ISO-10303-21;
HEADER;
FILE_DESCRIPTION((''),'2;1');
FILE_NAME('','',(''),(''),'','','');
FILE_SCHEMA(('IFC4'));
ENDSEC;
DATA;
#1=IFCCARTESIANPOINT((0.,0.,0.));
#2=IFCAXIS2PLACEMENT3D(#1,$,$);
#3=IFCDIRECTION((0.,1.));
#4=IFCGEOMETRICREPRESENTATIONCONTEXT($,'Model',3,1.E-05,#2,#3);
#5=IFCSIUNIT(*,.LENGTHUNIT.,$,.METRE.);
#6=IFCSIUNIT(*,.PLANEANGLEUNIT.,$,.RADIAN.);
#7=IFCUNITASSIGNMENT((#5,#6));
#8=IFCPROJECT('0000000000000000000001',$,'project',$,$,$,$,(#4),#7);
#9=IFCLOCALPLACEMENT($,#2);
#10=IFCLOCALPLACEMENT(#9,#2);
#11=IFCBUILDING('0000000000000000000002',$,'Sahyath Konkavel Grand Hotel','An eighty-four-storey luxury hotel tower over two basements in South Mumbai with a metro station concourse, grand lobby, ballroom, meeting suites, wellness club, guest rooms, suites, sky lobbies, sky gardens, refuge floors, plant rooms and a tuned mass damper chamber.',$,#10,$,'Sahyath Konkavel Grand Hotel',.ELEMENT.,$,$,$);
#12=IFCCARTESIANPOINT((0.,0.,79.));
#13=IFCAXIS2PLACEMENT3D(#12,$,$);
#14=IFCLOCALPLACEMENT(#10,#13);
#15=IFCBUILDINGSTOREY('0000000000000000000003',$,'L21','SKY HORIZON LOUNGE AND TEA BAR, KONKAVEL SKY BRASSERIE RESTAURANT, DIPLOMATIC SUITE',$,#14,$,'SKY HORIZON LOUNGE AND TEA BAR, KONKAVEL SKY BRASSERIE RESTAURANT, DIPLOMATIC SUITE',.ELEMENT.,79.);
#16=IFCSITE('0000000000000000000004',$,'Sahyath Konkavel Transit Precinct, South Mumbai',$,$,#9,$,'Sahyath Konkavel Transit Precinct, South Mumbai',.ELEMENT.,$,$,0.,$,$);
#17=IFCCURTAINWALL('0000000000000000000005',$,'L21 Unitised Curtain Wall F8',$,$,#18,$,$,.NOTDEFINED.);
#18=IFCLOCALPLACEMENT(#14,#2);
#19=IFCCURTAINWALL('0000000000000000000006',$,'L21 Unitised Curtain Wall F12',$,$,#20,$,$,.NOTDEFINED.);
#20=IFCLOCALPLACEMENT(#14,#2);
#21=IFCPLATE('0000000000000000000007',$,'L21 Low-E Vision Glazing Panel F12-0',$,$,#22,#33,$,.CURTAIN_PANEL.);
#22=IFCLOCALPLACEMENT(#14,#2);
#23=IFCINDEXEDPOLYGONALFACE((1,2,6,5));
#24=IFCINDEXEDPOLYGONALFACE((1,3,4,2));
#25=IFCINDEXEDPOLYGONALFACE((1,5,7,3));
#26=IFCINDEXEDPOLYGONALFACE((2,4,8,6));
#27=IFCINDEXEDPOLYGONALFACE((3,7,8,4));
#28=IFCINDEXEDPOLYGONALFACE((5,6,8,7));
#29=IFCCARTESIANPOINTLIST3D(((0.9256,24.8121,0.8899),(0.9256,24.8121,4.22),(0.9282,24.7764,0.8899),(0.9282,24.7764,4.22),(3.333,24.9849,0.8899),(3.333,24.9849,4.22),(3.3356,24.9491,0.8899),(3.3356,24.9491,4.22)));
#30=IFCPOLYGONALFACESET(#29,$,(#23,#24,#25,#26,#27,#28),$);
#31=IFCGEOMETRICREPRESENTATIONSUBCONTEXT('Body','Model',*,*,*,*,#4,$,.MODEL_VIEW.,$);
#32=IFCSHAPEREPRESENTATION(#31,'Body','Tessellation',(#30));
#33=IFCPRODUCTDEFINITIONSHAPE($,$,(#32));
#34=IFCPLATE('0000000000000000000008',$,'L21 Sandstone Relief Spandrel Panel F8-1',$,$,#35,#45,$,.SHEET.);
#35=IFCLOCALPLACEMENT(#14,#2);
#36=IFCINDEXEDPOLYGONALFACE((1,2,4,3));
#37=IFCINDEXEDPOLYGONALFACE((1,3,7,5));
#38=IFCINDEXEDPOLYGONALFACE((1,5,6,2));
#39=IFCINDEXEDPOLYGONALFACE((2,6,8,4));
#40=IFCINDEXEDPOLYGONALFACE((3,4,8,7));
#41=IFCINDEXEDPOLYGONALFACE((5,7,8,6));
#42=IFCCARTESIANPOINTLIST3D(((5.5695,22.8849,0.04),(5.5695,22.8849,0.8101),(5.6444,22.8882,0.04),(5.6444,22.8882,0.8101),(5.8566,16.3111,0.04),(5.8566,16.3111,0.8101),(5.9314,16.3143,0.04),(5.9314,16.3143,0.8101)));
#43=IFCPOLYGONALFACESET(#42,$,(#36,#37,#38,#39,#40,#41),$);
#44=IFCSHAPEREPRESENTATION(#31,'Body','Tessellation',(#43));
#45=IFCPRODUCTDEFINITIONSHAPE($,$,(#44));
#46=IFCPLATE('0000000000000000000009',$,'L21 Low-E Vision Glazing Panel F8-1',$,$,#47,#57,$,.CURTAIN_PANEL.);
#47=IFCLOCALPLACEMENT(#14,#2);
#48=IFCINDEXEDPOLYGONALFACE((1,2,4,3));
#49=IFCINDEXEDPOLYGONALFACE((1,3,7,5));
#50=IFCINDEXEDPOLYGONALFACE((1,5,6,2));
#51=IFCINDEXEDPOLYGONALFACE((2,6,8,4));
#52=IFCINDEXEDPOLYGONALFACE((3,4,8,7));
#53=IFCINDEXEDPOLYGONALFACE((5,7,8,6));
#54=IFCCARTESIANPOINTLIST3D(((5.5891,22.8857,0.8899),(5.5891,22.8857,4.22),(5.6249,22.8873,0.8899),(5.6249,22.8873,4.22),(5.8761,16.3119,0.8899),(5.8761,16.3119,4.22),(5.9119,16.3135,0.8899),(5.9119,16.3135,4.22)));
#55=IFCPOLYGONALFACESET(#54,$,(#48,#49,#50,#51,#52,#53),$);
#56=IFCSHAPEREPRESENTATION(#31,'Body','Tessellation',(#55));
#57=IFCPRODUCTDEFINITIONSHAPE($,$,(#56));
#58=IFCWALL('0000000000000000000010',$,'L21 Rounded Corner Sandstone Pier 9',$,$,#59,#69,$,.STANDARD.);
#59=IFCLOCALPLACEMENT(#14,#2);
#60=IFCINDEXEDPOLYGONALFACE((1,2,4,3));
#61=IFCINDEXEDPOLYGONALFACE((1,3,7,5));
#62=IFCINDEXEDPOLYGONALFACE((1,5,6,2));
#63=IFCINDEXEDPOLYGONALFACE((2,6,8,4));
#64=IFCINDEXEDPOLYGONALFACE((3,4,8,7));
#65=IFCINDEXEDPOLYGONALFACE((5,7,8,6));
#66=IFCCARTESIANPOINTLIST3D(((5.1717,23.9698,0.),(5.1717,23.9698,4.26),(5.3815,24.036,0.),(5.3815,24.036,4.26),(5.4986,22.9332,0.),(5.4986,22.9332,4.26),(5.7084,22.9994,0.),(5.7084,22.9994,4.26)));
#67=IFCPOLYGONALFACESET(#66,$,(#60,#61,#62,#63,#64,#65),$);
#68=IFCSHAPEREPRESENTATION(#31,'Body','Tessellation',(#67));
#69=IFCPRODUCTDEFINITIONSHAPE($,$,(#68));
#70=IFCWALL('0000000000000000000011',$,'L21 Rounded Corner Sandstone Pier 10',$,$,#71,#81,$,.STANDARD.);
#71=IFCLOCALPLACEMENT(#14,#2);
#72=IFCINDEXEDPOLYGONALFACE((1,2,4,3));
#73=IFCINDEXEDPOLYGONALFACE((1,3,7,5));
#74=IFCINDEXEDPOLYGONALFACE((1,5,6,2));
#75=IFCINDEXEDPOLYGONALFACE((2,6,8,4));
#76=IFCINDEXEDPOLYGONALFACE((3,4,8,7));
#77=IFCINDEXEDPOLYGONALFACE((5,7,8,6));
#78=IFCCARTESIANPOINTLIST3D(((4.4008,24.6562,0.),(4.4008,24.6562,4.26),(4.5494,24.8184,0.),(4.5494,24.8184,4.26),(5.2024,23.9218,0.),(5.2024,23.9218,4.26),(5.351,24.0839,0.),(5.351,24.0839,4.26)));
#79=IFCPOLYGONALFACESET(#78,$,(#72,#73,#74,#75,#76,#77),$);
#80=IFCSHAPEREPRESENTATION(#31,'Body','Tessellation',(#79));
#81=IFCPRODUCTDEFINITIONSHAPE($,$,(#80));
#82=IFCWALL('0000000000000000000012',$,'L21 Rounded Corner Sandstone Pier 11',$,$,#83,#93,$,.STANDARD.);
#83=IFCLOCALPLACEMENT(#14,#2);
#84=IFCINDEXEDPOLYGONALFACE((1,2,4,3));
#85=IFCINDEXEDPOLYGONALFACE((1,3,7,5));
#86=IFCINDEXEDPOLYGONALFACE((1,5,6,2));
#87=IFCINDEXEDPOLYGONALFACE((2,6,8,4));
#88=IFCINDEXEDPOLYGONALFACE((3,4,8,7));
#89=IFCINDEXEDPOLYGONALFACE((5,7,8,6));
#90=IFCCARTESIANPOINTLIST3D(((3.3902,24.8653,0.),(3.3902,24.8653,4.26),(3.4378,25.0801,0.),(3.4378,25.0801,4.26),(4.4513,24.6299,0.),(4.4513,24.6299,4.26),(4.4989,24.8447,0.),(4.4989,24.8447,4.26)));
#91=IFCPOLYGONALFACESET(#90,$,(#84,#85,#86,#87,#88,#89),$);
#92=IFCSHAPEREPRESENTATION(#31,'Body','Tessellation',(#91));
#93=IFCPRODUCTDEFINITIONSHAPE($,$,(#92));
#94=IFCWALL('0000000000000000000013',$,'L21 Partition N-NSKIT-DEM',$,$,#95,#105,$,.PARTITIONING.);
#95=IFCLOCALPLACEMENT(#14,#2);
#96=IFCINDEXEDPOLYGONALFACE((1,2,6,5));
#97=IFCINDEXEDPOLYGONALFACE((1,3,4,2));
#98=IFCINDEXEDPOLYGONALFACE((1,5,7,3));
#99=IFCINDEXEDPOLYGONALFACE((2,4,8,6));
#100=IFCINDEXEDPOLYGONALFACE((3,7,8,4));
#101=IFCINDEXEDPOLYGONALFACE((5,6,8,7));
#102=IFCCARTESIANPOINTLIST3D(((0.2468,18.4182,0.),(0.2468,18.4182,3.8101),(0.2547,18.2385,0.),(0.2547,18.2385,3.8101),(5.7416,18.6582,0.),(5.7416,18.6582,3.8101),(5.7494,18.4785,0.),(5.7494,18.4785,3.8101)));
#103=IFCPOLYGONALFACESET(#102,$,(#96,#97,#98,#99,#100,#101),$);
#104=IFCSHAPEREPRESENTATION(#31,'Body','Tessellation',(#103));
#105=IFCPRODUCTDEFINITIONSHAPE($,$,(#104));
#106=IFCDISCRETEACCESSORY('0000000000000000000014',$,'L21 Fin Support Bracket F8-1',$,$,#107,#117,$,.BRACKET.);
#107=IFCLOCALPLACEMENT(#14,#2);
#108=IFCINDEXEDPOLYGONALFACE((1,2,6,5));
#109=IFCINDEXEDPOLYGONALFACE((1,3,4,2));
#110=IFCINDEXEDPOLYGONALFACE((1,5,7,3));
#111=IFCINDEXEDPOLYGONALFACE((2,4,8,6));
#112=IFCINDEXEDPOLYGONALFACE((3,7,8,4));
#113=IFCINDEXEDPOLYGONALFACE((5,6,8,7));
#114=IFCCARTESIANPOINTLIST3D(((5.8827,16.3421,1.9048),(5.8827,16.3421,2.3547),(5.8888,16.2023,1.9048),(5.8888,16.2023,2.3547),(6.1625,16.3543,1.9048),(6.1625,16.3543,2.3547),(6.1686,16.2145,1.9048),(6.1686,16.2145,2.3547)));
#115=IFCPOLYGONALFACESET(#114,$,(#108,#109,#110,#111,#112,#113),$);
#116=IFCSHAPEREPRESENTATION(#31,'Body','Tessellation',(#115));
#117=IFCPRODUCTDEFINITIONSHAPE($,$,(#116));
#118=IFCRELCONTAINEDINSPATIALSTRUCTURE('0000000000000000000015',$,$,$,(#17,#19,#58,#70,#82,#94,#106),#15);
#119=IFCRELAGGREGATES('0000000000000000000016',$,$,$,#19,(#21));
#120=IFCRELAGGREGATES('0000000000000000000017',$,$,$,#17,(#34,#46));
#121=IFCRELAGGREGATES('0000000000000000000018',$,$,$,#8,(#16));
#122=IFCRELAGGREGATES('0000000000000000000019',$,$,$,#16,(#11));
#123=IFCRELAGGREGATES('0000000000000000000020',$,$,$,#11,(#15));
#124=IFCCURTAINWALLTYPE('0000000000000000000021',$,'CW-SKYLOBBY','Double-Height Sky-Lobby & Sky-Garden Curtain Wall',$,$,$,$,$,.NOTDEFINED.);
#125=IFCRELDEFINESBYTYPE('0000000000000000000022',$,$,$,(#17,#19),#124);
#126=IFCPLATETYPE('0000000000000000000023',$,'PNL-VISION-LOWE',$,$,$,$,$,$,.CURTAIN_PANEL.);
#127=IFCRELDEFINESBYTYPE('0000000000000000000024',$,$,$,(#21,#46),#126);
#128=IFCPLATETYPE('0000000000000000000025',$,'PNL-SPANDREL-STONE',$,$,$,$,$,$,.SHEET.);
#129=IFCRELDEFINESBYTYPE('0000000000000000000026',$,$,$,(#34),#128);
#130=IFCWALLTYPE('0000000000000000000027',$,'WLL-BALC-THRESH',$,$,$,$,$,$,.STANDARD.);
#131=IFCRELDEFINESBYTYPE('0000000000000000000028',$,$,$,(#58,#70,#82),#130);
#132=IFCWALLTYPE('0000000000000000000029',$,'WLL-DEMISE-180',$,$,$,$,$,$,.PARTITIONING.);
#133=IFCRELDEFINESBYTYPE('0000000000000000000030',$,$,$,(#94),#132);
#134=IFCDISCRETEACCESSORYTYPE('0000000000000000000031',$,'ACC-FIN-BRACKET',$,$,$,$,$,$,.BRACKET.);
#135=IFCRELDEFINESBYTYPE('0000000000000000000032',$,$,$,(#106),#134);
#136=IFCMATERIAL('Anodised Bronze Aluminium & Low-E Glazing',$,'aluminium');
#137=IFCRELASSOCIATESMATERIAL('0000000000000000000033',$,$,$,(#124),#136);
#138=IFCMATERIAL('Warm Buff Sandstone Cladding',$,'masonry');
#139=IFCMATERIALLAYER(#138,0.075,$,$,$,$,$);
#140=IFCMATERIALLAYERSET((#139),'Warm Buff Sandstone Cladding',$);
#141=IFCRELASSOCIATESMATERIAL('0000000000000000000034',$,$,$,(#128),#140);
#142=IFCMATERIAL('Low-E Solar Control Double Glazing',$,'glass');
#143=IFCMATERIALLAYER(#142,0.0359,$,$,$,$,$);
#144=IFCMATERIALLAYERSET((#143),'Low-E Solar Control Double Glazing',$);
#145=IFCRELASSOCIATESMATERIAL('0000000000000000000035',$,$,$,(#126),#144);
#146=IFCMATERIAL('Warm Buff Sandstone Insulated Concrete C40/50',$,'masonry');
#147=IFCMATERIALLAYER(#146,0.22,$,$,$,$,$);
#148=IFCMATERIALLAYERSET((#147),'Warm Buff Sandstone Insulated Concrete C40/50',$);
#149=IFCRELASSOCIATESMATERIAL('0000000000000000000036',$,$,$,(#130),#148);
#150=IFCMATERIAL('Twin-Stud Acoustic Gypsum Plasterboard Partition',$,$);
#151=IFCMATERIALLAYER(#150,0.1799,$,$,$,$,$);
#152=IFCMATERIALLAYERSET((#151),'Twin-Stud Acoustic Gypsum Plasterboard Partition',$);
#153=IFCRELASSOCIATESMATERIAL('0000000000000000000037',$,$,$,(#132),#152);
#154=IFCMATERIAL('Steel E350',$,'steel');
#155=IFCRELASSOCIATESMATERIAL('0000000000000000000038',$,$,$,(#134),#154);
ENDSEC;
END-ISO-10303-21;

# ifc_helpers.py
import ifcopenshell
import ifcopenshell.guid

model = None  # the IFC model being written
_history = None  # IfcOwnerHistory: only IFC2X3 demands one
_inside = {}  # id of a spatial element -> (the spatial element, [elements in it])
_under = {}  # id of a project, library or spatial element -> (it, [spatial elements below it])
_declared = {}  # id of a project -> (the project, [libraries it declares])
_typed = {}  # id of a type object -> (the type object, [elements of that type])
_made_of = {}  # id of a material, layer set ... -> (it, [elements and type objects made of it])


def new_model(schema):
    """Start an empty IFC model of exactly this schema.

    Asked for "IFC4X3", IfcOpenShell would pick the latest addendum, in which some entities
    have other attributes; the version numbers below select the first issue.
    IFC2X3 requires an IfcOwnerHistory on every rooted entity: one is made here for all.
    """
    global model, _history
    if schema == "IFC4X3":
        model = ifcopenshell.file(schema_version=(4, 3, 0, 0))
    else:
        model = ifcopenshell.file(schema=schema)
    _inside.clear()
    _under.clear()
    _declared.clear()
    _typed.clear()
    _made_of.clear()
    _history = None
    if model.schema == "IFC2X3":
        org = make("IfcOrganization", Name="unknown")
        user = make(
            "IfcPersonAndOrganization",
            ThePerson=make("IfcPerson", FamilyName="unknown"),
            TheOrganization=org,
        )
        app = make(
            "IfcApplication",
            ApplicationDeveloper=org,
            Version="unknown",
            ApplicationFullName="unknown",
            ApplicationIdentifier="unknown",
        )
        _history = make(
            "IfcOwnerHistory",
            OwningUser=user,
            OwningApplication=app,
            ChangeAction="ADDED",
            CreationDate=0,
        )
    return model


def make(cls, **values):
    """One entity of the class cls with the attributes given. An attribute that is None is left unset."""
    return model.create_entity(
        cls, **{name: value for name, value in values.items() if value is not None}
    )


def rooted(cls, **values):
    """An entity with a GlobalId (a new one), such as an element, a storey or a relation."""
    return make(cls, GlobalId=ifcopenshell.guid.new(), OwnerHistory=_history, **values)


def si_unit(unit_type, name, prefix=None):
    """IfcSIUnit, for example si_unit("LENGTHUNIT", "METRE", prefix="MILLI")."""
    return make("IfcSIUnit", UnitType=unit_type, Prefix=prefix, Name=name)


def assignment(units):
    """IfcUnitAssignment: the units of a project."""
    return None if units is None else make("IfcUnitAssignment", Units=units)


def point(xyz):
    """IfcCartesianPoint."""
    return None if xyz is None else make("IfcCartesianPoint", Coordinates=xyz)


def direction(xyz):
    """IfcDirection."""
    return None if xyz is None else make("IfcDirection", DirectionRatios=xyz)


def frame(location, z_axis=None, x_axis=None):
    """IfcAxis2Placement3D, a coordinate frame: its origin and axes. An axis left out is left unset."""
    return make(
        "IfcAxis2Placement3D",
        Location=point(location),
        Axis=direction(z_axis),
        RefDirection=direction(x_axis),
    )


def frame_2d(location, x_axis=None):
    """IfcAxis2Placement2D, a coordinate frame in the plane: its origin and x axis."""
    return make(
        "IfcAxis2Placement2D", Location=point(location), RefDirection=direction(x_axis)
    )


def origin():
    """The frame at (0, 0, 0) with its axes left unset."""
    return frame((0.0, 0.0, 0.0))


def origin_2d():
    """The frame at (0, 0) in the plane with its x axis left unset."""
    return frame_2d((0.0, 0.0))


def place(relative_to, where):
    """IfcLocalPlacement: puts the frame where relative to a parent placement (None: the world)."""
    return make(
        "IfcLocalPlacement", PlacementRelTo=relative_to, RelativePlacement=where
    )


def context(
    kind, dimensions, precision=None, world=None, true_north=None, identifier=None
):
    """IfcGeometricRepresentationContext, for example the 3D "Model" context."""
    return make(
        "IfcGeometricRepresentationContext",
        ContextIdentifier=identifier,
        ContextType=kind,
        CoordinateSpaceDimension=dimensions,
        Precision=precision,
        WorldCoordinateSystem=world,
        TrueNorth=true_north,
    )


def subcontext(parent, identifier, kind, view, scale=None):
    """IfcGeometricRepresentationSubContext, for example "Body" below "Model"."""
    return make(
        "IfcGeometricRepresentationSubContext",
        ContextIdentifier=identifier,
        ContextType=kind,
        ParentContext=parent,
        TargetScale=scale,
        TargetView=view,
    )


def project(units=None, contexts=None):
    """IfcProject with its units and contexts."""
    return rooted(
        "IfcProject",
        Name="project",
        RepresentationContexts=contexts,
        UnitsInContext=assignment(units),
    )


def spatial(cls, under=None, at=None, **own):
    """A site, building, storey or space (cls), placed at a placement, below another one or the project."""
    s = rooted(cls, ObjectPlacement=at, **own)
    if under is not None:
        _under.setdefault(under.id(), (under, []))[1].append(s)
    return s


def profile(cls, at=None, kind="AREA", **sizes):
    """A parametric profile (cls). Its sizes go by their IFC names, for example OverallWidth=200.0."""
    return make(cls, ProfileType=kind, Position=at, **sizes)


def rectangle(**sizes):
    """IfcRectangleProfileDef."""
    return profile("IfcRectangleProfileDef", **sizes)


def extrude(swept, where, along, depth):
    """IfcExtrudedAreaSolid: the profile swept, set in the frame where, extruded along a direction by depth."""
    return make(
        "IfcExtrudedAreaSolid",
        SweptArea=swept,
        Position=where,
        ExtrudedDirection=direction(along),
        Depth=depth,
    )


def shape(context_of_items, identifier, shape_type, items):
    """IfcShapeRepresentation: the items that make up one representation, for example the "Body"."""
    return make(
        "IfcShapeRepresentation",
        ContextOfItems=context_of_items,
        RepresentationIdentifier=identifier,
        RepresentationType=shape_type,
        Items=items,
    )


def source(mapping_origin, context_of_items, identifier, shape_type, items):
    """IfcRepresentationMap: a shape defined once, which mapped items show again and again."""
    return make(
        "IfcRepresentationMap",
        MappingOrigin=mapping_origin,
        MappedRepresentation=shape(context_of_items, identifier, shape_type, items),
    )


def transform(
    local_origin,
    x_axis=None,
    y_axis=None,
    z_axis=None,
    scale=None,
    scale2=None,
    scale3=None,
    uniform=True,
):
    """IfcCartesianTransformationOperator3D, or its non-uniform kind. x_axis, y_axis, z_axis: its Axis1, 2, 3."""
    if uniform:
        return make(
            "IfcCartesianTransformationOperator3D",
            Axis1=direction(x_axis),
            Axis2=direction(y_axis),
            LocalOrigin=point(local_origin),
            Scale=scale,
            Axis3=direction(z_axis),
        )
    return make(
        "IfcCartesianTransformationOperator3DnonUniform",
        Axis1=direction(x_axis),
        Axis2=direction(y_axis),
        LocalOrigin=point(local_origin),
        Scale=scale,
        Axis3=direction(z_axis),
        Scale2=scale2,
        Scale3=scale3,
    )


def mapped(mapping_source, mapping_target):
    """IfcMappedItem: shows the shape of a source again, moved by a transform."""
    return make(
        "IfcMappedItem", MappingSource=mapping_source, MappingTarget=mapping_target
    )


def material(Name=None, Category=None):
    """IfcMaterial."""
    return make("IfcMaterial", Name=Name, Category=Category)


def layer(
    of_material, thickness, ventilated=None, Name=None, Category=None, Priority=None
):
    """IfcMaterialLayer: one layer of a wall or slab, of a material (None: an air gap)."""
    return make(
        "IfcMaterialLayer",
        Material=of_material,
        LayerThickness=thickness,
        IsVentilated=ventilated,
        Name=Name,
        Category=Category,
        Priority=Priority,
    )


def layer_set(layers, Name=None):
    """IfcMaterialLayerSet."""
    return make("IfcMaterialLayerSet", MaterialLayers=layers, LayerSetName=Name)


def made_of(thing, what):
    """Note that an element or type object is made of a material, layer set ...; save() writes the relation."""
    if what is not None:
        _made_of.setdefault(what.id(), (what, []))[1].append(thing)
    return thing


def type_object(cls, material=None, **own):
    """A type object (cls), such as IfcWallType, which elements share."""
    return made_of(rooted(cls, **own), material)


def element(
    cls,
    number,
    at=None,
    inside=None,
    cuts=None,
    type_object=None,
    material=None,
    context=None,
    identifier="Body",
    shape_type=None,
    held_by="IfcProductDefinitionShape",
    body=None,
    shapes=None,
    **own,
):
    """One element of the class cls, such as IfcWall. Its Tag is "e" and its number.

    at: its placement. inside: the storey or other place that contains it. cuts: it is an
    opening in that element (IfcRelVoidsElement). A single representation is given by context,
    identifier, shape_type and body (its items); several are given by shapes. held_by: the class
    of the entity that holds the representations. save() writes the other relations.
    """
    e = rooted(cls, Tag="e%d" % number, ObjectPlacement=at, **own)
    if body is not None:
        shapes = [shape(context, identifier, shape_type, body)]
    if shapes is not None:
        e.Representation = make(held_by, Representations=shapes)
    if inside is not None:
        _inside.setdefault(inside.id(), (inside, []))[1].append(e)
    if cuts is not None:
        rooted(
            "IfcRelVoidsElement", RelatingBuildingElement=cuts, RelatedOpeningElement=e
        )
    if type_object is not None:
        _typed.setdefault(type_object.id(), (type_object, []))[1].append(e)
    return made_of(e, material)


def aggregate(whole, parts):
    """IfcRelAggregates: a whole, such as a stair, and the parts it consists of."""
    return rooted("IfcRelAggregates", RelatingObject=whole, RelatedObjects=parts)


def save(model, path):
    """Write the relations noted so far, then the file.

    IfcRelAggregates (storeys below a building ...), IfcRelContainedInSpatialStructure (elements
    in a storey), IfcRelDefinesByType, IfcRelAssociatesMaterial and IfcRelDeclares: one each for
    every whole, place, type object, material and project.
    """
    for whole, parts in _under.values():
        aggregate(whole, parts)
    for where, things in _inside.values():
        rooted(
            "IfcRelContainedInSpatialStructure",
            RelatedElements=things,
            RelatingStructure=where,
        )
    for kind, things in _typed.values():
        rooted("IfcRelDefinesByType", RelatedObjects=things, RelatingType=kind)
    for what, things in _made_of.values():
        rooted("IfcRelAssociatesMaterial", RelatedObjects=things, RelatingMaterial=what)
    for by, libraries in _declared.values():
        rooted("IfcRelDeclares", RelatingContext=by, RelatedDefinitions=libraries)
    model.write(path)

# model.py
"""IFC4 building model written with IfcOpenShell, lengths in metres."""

from ifc_helpers import new_model, si_unit, direction, frame, frame_2d, origin, origin_2d, place, context, subcontext, project, spatial, rectangle, extrude, source, transform, mapped, material, layer, layer_set, type_object, element, aggregate, save


model = new_model("IFC4")

# Units and contexts
model_context = context("Model", 3, precision=1e-05, world=origin(), true_north=direction((0.0, 1.0)))
body_context = subcontext(model_context, "Body", "Model", "MODEL_VIEW")
ifc_project = project(units=[si_unit("LENGTHUNIT", "METRE"), si_unit("PLANEANGLEUNIT", "RADIAN")], contexts=[model_context])

# Site, building, storey
site_placement = place(None, origin())
site = spatial("IfcSite", under=ifc_project, at=site_placement, Name="Sahyath Konkavel Transit Precinct, South Mumbai", LongName="Sahyath Konkavel Transit Precinct, South Mumbai", CompositionType="ELEMENT", RefElevation=0.0)
building_placement = place(site_placement, origin())
building = spatial("IfcBuilding", under=site, at=building_placement, Name="Sahyath Konkavel Grand Hotel", Description="An eighty-four-storey luxury hotel tower over two basements in South Mumbai with a metro station concourse, grand lobby, ballroom, meeting suites, wellness club, guest rooms, suites, sky lobbies, sky gardens, refuge floors, plant rooms and a tuned mass damper chamber.", LongName="Sahyath Konkavel Grand Hotel", CompositionType="ELEMENT")
storey_placement = place(building_placement, frame((0.0, 0.0, 79.0)))
storey = spatial("IfcBuildingStorey", under=building, at=storey_placement, Name="L21", Description="SKY HORIZON LOUNGE AND TEA BAR, KONKAVEL SKY BRASSERIE RESTAURANT, DIPLOMATIC SUITE", LongName="SKY HORIZON LOUNGE AND TEA BAR, KONKAVEL SKY BRASSERIE RESTAURANT, DIPLOMATIC SUITE", CompositionType="ELEMENT", Elevation=79.0)

# Shared definitions
ifc_material_1 = material(Name="Steel E350", Category="steel")

# Curtain wall
ifc_material_2 = material(Name="Anodised Bronze Aluminium & Low-E Glazing", Category="aluminium")
curtain_wall_type = type_object("IfcCurtainWallType", Name="CW-SKYLOBBY", Description="Double-Height Sky-Lobby & Sky-Garden Curtain Wall", PredefinedType="NOTDEFINED", material=ifc_material_2)
curtain_wall_1_placement = place(storey_placement, origin())
curtain_wall_1 = element("IfcCurtainWall", 1, at=curtain_wall_1_placement, inside=storey, type_object=curtain_wall_type, Name="L21 Unitised Curtain Wall F8", PredefinedType="NOTDEFINED")

# Curtain wall
curtain_wall_2_placement = place(storey_placement, origin())
curtain_wall_2 = element("IfcCurtainWall", 2, at=curtain_wall_2_placement, inside=storey, type_object=curtain_wall_type, Name="L21 Unitised Curtain Wall F12", PredefinedType="NOTDEFINED")

# Plates
ifc_material_3 = material(Name="Warm Buff Sandstone Cladding", Category="masonry")
ifc_layer_1 = layer(ifc_material_3, 0.075)
ifc_layer_set_1 = layer_set([ifc_layer_1], Name="Warm Buff Sandstone Cladding")
plate_type_1 = type_object("IfcPlateType", Name="PNL-SPANDREL-STONE", PredefinedType="SHEET", material=ifc_layer_set_1)
ifc_material_4 = material(Name="Low-E Solar Control Double Glazing", Category="glass")
ifc_layer_2 = layer(ifc_material_4, 0.0359)
ifc_layer_set_2 = layer_set([ifc_layer_2], Name="Low-E Solar Control Double Glazing")
plate_type_2 = type_object("IfcPlateType", Name="PNL-VISION-LOWE", PredefinedType="CURTAIN_PANEL", material=ifc_layer_set_2)
shared_shape_1 = source(origin(), body_context, "Body", "SweptSolid", [
    extrude(rectangle(XDim=2.4136, YDim=0.0359, at=origin_2d()), origin(), (0.0, 0.0, 1.0), 3.3301),
])
plate_1_placement = place(storey_placement, frame((2.1306, 24.8806, 0.8899), z_axis=(0.0, 0.0, 1.0), x_axis=(-0.997436, -0.071567, 0.0)))
plate_1 = element("IfcPlate", 3, at=plate_1_placement, type_object=plate_type_2, Name="L21 Low-E Vision Glazing Panel F12-0", PredefinedType="CURTAIN_PANEL", context=body_context, shape_type="MappedRepresentation", body=[
    mapped(shared_shape_1, transform((0.0, 0.0, 0.0), scale=1.0)),
])
aggregate(curtain_wall_2, [plate_1])
shared_shape_2 = source(origin(), body_context, "Body", "SweptSolid", [
    extrude(rectangle(XDim=6.5801, YDim=0.075, at=origin_2d()), origin(), (0.0, 0.0, 1.0), 0.77),
])
plate_2_placement = place(storey_placement, frame((5.7505, 19.5996, 0.04), z_axis=(0.0, 0.0, 1.0), x_axis=(-0.043619, 0.999048, 0.0)))
plate_2 = element("IfcPlate", 4, at=plate_2_placement, type_object=plate_type_1, Name="L21 Sandstone Relief Spandrel Panel F8-1", PredefinedType="SHEET", context=body_context, shape_type="MappedRepresentation", body=[
    mapped(shared_shape_2, transform((0.0, 0.0, 0.0), scale=1.0)),
])
shared_shape_3 = source(origin(), body_context, "Body", "SweptSolid", [
    extrude(rectangle(XDim=6.5801, YDim=0.0359, at=origin_2d()), origin(), (0.0, 0.0, 1.0), 3.3301),
])
plate_3_placement = place(storey_placement, frame((5.7505, 19.5996, 0.8899), z_axis=(0.0, 0.0, 1.0), x_axis=(-0.043619, 0.999048, 0.0)))
plate_3 = element("IfcPlate", 5, at=plate_3_placement, type_object=plate_type_2, Name="L21 Low-E Vision Glazing Panel F8-1", PredefinedType="CURTAIN_PANEL", context=body_context, shape_type="MappedRepresentation", body=[
    mapped(shared_shape_3, transform((0.0, 0.0, 0.0), scale=1.0)),
])
aggregate(curtain_wall_1, [plate_2, plate_3])

# Walls
ifc_material_5 = material(Name="Warm Buff Sandstone Insulated Concrete C40/50", Category="masonry")
ifc_layer_3 = layer(ifc_material_5, 0.22)
ifc_layer_set_3 = layer_set([ifc_layer_3], Name="Warm Buff Sandstone Insulated Concrete C40/50")
wall_type_1 = type_object("IfcWallType", Name="WLL-BALC-THRESH", PredefinedType="STANDARD", material=ifc_layer_set_3)
wall_1_placement = place(storey_placement, frame((5.6035, 22.9663, 0.0), z_axis=(0.0, 0.0, 1.0), x_axis=(-0.300755, 0.953701, 0.0)))
element("IfcWall", 6, at=wall_1_placement, inside=storey, type_object=wall_type_1, Name="L21 Rounded Corner Sandstone Pier 9", PredefinedType="STANDARD", context=body_context, shape_type="SweptSolid", body=[
    extrude(rectangle(XDim=1.0869, YDim=0.22, at=frame_2d((0.5435, 0.0))), origin(), (0.0, 0.0, 1.0), 4.26),
])
wall_2_placement = place(storey_placement, frame((5.2766, 24.0029, 0.0), z_axis=(0.0, 0.0, 1.0), x_axis=(-0.737313, 0.675552, 0.0)))
element("IfcWall", 7, at=wall_2_placement, inside=storey, type_object=wall_type_1, Name="L21 Rounded Corner Sandstone Pier 10", PredefinedType="STANDARD", context=body_context, shape_type="SweptSolid", body=[
    extrude(rectangle(XDim=1.0872, YDim=0.22, at=frame_2d((0.5435, 0.0))), origin(), (0.0, 0.0, 1.0), 4.26),
])
wall_3_placement = place(storey_placement, frame((4.4751, 24.7373, 0.0), z_axis=(0.0, 0.0, 1.0), x_axis=(-0.976272, 0.21655, 0.0)))
element("IfcWall", 8, at=wall_3_placement, inside=storey, type_object=wall_type_1, Name="L21 Rounded Corner Sandstone Pier 11", PredefinedType="STANDARD", context=body_context, shape_type="SweptSolid", body=[
    extrude(rectangle(XDim=1.0869, YDim=0.22, at=frame_2d((0.5435, 0.0))), origin(), (0.0, 0.0, 1.0), 4.26),
])
ifc_material_6 = material(Name="Twin-Stud Acoustic Gypsum Plasterboard Partition")
ifc_layer_4 = layer(ifc_material_6, 0.1799)
ifc_layer_set_4 = layer_set([ifc_layer_4], Name="Twin-Stud Acoustic Gypsum Plasterboard Partition")
wall_type_2 = type_object("IfcWallType", Name="WLL-DEMISE-180", PredefinedType="PARTITIONING", material=ifc_layer_set_4)
wall_4_placement = place(storey_placement, frame((0.2507, 18.3284, 0.0), z_axis=(0.0, 0.0, 1.0), x_axis=(0.999048, 0.043634, 0.0)))
element("IfcWall", 9, at=wall_4_placement, inside=storey, type_object=wall_type_2, Name="L21 Partition N-NSKIT-DEM", PredefinedType="PARTITIONING", context=body_context, shape_type="SweptSolid", body=[
    extrude(rectangle(XDim=5.5, YDim=0.1799, at=frame_2d((2.75, 0.0))), origin(), (0.0, 0.0, 1.0), 3.8101),
])

# Discrete accessory
discrete_accessory_type = type_object("IfcDiscreteAccessoryType", Name="ACC-FIN-BRACKET", PredefinedType="BRACKET", material=ifc_material_1)
shared_shape_4 = source(origin(), body_context, "Body", "SweptSolid", [
    extrude(rectangle(XDim=0.28, YDim=0.1399, at=origin_2d()), origin(), (0.0, 0.0, 1.0), 0.45),
])
discrete_accessory_placement = place(storey_placement, frame((6.0256, 16.2783, 1.9048), z_axis=(0.0, 0.0, 1.0), x_axis=(0.999048, 0.043619, 0.0)))
element("IfcDiscreteAccessory", 10, at=discrete_accessory_placement, inside=storey, type_object=discrete_accessory_type, Name="L21 Fin Support Bracket F8-1", PredefinedType="BRACKET", context=body_context, shape_type="MappedRepresentation", body=[
    mapped(shared_shape_4, transform((0.0, 0.0, 0.0), scale=1.0)),
])

save(model, "model.ifc")
